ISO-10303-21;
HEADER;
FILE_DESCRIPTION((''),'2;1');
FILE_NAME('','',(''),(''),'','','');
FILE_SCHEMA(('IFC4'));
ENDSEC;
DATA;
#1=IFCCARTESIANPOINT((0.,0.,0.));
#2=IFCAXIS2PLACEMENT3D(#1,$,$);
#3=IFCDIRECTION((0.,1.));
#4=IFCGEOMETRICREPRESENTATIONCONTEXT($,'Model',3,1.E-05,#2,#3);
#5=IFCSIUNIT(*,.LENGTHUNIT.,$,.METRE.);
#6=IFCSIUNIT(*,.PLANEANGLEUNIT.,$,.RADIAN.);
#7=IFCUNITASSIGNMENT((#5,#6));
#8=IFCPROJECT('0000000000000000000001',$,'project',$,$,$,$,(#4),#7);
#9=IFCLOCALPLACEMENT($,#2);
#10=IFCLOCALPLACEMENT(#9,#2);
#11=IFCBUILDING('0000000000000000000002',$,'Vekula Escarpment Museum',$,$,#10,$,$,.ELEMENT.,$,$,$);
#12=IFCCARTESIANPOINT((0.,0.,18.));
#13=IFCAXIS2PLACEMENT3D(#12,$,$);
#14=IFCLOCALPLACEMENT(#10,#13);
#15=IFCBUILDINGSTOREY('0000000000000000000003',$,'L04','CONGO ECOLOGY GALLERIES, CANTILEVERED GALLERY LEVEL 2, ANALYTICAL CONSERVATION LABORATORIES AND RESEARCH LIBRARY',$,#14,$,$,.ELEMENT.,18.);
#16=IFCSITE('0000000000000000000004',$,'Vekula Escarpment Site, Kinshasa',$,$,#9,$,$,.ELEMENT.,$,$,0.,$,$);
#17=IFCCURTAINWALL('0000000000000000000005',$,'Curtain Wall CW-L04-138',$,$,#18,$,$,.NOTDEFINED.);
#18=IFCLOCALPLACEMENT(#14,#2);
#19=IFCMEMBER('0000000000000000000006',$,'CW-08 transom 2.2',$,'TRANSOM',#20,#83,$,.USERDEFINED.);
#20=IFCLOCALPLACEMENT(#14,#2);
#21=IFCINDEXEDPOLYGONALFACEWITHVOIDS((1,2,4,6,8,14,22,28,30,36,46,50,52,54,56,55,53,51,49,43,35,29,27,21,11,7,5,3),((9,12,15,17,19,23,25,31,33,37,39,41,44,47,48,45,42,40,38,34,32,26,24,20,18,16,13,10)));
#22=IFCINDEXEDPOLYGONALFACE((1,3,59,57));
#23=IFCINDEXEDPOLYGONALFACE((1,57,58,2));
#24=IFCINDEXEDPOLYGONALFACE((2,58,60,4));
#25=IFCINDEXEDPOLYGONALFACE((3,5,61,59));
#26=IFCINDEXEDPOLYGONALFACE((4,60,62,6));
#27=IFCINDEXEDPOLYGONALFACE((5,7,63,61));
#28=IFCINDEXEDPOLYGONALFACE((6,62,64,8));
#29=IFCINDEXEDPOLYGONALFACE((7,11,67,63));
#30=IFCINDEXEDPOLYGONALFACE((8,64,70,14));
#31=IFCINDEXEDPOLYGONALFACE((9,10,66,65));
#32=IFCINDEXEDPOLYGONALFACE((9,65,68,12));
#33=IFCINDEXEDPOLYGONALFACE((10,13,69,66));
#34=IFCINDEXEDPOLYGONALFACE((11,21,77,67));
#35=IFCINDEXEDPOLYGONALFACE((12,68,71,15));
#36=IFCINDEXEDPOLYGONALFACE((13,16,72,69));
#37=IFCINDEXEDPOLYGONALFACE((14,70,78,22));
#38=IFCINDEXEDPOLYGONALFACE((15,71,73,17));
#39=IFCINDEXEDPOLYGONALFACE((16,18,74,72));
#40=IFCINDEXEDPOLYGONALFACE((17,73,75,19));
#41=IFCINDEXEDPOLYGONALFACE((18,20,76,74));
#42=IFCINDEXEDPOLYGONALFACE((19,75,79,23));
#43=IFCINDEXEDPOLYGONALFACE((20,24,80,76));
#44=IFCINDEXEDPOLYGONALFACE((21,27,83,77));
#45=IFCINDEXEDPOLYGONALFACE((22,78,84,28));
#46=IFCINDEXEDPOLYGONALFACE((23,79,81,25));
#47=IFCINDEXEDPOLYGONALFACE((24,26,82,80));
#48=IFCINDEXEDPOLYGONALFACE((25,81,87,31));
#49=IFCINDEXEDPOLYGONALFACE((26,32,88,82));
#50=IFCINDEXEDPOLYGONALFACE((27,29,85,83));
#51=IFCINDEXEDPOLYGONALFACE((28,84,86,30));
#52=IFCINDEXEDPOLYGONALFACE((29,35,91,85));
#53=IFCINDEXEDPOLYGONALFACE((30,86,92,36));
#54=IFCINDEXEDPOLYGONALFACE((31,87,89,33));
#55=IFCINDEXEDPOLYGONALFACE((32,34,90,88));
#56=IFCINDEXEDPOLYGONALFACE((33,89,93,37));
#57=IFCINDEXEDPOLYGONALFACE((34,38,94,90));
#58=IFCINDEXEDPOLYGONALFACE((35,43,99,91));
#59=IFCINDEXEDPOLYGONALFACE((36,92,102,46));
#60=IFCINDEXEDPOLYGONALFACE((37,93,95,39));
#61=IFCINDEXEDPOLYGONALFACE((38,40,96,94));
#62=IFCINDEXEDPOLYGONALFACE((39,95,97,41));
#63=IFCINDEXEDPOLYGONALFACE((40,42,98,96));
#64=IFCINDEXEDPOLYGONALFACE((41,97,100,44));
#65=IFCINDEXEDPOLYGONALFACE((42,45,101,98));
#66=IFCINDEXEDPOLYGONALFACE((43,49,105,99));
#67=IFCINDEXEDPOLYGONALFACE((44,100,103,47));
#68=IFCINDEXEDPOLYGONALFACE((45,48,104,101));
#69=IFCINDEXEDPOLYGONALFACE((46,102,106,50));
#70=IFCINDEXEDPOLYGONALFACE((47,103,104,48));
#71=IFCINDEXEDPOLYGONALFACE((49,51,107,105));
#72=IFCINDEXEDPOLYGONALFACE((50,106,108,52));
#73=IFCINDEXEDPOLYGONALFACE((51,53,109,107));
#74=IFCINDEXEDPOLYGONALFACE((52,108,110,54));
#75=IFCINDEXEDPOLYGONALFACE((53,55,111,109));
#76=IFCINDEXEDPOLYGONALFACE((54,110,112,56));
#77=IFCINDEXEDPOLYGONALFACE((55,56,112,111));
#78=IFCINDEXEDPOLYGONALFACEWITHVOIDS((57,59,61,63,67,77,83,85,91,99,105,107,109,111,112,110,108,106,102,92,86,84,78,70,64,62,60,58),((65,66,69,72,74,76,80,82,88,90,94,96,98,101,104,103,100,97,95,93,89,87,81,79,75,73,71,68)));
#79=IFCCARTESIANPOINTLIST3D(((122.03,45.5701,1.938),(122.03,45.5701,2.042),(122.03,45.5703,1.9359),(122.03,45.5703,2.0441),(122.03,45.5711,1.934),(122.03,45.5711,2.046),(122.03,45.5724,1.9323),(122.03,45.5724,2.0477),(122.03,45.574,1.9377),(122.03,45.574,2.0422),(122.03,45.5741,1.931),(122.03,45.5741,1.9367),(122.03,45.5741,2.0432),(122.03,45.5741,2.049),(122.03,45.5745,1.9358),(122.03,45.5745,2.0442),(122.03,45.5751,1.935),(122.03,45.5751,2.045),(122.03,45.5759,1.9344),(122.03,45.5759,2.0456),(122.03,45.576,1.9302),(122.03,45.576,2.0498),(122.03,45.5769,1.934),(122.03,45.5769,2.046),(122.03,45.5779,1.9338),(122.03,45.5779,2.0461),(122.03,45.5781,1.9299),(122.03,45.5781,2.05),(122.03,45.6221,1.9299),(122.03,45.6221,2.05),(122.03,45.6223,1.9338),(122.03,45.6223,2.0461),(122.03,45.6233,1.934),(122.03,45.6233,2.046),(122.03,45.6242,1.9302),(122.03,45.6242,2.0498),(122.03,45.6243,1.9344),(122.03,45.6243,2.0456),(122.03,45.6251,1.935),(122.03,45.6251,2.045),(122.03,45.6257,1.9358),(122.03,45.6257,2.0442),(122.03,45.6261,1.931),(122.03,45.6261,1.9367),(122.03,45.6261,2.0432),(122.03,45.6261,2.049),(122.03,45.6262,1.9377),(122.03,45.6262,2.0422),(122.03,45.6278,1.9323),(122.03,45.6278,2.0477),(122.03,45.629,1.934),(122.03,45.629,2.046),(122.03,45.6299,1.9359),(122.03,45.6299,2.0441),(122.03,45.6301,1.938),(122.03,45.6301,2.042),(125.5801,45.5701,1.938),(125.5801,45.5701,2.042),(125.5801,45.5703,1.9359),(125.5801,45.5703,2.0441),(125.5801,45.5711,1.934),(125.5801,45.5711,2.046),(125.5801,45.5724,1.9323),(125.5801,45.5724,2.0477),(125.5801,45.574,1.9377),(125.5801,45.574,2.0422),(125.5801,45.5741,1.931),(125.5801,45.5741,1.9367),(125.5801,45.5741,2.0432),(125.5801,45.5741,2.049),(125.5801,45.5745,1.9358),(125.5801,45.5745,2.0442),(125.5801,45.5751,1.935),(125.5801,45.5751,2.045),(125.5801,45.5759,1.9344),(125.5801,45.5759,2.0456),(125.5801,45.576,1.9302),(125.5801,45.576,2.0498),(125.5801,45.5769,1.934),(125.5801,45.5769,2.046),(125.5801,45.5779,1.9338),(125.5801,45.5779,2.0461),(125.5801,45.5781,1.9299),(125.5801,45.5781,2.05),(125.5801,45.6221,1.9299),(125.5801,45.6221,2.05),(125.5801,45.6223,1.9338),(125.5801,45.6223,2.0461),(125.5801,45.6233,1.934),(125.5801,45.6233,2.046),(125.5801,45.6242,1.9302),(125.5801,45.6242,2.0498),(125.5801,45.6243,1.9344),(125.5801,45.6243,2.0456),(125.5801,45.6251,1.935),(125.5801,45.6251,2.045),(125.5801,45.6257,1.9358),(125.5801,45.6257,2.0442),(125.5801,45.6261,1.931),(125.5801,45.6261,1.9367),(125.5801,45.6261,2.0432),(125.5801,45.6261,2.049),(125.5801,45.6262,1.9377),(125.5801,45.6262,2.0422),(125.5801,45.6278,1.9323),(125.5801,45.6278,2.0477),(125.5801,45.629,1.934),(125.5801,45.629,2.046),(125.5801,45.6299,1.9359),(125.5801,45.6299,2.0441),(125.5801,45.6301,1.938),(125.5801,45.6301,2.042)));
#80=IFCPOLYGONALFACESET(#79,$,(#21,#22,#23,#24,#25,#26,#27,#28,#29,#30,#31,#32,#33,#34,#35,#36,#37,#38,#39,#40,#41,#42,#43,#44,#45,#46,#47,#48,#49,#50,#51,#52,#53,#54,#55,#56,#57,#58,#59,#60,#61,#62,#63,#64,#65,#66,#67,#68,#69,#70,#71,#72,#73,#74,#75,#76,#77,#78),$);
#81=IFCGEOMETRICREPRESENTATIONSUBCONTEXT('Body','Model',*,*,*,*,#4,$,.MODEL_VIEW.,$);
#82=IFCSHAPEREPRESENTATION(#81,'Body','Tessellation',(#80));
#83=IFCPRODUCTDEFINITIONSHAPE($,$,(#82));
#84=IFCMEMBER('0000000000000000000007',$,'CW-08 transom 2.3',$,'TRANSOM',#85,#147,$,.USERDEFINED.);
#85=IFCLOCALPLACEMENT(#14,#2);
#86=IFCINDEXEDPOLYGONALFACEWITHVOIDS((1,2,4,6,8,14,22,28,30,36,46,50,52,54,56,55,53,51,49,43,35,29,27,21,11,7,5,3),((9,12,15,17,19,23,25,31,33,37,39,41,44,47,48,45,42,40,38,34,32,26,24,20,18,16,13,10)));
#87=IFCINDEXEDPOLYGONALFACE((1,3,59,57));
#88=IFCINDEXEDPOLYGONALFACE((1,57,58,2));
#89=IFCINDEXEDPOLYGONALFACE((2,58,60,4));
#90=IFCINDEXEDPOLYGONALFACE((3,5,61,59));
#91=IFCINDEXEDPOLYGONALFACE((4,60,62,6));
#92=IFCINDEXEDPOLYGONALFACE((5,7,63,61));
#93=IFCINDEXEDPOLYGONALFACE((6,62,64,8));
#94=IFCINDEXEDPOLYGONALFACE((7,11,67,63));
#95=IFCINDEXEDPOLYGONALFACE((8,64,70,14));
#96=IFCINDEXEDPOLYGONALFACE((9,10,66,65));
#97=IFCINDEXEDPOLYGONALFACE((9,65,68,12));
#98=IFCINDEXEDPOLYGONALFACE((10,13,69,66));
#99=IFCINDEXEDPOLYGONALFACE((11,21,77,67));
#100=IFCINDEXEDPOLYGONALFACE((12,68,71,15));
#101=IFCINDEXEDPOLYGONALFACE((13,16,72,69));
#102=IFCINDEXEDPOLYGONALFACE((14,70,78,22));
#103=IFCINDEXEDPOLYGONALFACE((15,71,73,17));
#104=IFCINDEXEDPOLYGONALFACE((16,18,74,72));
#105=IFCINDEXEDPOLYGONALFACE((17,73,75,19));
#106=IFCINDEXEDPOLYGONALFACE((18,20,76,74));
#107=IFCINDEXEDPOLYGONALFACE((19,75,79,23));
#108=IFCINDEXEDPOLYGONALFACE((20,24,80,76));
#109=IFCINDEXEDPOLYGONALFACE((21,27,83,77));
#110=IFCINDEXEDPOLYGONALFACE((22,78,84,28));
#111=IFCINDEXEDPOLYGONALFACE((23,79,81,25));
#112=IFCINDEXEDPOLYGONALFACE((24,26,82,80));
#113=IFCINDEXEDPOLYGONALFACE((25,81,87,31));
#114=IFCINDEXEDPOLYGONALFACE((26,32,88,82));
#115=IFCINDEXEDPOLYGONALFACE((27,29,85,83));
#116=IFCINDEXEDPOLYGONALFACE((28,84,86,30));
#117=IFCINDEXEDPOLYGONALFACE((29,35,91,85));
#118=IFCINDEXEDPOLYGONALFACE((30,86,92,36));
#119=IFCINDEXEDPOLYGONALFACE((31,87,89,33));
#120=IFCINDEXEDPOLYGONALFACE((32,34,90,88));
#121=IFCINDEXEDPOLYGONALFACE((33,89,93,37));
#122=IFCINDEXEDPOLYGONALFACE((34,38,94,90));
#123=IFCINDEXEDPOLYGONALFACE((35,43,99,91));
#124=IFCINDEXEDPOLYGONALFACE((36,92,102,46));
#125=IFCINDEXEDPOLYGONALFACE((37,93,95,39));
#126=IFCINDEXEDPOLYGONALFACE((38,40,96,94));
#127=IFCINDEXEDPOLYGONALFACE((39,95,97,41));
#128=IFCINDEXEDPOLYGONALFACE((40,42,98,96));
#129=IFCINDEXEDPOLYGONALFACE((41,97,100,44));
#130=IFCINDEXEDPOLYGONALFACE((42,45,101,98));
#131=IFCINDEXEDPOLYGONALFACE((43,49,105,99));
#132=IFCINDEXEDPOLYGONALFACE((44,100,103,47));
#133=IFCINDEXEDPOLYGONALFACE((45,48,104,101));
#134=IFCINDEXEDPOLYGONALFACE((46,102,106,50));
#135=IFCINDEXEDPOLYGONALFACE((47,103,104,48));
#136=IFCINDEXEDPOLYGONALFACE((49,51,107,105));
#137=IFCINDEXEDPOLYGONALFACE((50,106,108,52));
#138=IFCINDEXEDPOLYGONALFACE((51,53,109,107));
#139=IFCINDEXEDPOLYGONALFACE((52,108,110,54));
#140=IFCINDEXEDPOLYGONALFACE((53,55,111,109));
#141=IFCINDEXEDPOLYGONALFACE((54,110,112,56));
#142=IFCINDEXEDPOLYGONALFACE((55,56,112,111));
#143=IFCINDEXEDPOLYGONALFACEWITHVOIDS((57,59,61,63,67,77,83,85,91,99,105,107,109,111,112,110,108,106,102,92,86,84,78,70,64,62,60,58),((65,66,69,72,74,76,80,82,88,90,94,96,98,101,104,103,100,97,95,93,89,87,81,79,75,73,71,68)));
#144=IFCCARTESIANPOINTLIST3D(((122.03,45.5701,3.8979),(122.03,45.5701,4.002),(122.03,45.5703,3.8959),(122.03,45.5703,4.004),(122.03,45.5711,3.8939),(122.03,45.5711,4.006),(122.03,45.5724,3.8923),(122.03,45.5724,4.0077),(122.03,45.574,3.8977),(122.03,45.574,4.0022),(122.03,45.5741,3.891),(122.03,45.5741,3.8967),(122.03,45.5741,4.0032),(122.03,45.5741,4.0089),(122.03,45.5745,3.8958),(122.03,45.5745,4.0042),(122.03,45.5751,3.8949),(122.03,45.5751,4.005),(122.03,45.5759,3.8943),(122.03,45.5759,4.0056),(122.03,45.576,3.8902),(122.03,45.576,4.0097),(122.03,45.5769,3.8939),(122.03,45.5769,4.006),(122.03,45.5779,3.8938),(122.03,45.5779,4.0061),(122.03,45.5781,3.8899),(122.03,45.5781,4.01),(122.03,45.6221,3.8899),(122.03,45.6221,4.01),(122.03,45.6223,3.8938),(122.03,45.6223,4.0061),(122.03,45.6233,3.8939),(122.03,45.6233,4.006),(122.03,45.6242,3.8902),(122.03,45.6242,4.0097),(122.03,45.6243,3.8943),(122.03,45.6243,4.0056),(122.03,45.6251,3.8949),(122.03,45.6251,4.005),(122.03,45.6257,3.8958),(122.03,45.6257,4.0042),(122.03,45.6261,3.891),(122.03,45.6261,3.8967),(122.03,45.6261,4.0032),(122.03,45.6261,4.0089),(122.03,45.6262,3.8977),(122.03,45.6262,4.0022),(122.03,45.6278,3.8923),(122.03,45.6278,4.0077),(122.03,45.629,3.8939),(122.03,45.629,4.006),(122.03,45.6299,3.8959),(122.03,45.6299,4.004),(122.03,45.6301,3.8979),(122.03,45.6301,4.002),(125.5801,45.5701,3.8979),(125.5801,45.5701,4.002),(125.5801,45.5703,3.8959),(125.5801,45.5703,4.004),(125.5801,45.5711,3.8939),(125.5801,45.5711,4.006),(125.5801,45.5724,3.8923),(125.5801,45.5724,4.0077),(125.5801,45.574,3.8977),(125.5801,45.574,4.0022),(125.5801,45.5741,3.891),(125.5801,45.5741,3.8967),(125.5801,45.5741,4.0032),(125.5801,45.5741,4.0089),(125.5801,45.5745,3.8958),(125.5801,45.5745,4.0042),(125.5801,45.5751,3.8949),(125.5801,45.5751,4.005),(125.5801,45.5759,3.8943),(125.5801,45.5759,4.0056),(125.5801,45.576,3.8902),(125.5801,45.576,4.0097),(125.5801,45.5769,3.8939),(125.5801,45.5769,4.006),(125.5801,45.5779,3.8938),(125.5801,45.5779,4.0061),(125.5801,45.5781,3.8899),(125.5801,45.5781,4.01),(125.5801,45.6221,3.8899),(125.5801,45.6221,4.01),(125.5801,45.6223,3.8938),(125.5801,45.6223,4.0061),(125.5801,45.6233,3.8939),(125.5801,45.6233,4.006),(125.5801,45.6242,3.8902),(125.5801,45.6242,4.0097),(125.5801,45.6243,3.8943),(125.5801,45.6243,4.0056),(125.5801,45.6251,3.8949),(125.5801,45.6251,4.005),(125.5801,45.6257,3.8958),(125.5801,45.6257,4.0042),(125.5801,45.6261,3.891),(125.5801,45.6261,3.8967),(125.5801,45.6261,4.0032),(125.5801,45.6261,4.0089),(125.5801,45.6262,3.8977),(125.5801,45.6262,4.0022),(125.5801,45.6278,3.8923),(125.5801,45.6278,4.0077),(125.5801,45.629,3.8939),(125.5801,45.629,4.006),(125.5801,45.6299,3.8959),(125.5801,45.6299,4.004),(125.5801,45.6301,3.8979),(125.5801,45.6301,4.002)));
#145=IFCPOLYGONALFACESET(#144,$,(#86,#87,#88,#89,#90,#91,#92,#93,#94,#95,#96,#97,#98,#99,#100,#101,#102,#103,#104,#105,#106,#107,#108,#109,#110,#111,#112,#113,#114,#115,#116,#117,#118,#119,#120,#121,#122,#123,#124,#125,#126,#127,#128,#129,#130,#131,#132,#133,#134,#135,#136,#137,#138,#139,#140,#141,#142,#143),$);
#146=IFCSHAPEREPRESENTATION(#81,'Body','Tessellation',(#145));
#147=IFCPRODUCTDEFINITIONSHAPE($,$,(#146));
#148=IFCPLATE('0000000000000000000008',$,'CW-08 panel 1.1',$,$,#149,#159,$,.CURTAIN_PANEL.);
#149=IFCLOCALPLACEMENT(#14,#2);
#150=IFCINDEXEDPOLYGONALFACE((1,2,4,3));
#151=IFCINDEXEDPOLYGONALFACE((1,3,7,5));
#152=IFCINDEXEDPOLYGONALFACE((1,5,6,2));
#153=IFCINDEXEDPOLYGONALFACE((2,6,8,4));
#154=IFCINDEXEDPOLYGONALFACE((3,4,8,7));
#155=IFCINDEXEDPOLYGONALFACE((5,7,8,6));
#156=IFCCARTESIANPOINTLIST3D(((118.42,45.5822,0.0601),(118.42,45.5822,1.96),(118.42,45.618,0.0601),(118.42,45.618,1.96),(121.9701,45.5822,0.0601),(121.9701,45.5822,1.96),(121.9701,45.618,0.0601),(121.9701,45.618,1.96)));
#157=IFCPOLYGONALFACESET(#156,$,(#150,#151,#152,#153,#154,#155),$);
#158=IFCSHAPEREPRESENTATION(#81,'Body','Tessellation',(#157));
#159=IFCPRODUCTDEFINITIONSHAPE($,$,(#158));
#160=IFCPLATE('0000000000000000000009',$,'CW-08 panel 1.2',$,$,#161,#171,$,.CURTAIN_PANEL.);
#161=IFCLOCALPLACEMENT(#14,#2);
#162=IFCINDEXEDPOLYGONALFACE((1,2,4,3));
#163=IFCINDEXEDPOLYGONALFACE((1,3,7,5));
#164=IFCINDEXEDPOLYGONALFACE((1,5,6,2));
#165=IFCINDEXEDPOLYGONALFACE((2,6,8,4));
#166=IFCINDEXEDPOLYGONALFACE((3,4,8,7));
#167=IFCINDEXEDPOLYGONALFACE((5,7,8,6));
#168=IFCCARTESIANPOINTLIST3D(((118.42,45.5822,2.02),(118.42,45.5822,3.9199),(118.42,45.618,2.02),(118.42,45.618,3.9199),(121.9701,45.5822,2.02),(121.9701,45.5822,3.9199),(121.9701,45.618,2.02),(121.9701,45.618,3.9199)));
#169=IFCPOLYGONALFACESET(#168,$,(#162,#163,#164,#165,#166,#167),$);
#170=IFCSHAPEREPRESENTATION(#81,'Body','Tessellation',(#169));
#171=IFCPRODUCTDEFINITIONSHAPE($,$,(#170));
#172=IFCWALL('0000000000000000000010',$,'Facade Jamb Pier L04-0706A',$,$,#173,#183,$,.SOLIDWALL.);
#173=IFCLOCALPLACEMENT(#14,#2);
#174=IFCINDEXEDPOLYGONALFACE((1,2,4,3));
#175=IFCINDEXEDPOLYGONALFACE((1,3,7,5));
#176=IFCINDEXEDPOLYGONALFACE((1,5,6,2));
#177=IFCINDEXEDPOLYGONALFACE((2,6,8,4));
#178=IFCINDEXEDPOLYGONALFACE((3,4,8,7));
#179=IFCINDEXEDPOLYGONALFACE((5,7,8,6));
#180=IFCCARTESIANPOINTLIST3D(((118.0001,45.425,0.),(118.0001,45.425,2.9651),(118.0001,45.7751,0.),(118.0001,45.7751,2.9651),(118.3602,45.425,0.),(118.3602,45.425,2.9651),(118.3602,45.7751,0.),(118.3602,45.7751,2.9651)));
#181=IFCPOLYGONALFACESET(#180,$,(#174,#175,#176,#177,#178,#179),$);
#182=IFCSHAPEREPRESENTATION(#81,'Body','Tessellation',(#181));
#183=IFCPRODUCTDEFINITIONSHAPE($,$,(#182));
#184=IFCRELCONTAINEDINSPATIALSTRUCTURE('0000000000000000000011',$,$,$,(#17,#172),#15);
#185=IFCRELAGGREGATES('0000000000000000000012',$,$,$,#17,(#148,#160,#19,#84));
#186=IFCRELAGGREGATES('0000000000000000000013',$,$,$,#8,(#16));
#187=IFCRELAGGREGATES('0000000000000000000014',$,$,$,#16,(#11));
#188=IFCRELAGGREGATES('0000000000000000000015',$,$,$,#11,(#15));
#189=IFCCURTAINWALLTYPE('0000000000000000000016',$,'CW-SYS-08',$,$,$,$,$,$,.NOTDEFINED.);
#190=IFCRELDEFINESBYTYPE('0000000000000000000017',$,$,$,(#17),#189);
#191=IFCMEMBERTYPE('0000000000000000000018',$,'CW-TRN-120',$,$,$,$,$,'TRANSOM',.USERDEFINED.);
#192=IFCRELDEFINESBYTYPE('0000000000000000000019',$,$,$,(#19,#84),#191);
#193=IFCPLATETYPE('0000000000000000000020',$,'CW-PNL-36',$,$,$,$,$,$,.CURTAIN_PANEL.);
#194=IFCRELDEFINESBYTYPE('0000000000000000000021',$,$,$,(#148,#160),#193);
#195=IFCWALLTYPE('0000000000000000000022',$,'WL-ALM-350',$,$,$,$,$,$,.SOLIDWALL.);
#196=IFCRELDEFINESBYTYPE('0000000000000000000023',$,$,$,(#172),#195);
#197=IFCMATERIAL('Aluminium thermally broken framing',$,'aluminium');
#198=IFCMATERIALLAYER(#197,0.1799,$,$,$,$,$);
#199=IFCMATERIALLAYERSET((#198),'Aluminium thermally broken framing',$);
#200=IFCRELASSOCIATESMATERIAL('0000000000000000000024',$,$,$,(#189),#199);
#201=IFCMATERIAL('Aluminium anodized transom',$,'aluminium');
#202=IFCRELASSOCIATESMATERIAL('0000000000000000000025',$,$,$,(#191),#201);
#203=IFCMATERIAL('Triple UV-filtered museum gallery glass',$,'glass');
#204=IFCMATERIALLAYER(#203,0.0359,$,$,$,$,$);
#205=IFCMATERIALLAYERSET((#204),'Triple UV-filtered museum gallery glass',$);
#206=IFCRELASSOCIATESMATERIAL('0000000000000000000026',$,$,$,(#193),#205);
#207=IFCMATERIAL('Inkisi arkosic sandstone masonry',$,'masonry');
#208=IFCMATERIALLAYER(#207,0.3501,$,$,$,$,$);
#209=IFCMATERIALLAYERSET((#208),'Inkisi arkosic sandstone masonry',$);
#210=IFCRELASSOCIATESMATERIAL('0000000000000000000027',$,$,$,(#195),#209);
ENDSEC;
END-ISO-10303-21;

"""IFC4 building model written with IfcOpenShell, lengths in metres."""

from ifc_helpers import new_model, si_unit, direction, frame, frame_2d, origin, origin_2d, place, context, subcontext, project, spatial, rectangle, hollow_rectangle, extrude, material, layer, layer_set, material_profile, profile_set, type_object, element, aggregate, save


model = new_model("IFC4")

# Units and contexts
model_context = context("Model", 3, precision=1e-05, world=origin(), true_north=direction((0.0, 1.0)))
body_context = subcontext(model_context, "Body", "Model", "MODEL_VIEW")
ifc_project = project(units=[si_unit("LENGTHUNIT", "METRE"), si_unit("PLANEANGLEUNIT", "RADIAN")], contexts=[model_context])

# Site, building, storey
site_placement = place(None, origin())
site = spatial("IfcSite", under=ifc_project, at=site_placement, Name="Vekula Escarpment Site, Kinshasa", CompositionType="ELEMENT", RefElevation=0.0)
building_placement = place(site_placement, origin())
building = spatial("IfcBuilding", under=site, at=building_placement, Name="Vekula Escarpment Museum", CompositionType="ELEMENT")
storey_placement = place(building_placement, frame((0.0, 0.0, 18.0)))
storey = spatial("IfcBuildingStorey", under=building, at=storey_placement, Name="L04", Description="CONGO ECOLOGY GALLERIES, CANTILEVERED GALLERY LEVEL 2, ANALYTICAL CONSERVATION LABORATORIES AND RESEARCH LIBRARY", CompositionType="ELEMENT", Elevation=18.0)

# Curtain wall, members, plates
ifc_material_1 = material(Name="Aluminium thermally broken framing", Category="aluminium")
ifc_layer_1 = layer(ifc_material_1, 0.1799)
ifc_layer_set_1 = layer_set([ifc_layer_1], Name="Aluminium thermally broken framing")
curtain_wall_type = type_object("IfcCurtainWallType", Name="CW-SYS-08", PredefinedType="NOTDEFINED", material=ifc_layer_set_1)
curtain_wall_placement = place(storey_placement, origin())
curtain_wall = element("IfcCurtainWall", 1, at=curtain_wall_placement, inside=storey, type_object=curtain_wall_type, Name="Curtain Wall CW-L04-138", PredefinedType="NOTDEFINED")
ifc_material_2 = material(Name="Aluminium anodized transom", Category="aluminium")
ifc_material_profile_1 = material_profile(ifc_material_2, hollow_rectangle(XDim=0.0601, YDim=0.1201, WallThickness=0.0039, InnerFilletRadius=0.0039, OuterFilletRadius=0.0081, at=origin_2d()), Name="ALU 120x60x4")
ifc_profile_set_1 = profile_set([ifc_material_profile_1], Name="Aluminium anodized transom")
member_type_1 = type_object("IfcMemberType", Name="CW-TRN-120", ElementType="TRANSOM", PredefinedType="USERDEFINED", material=ifc_profile_set_1)
member_1_placement = place(storey_placement, frame((122.03, 45.6001, 1.99), z_axis=(1.0, 0.0, 0.0), x_axis=(0.0, 1.0, 0.0)))
member_1 = element("IfcMember", 2, at=member_1_placement, type_object=member_type_1, Name="CW-08 transom 2.2", ObjectType="TRANSOM", PredefinedType="USERDEFINED", context=body_context, shape_type="SweptSolid", body=[
    extrude(hollow_rectangle(XDim=0.0601, YDim=0.1201, WallThickness=0.0039, InnerFilletRadius=0.0039, OuterFilletRadius=0.0081, at=origin_2d()), origin(), (0.0, 0.0, 1.0), 3.55),
])
member_2_placement = place(storey_placement, frame((122.03, 45.6001, 3.95), z_axis=(1.0, 0.0, 0.0), x_axis=(0.0, 1.0, 0.0)))
member_2 = element("IfcMember", 3, at=member_2_placement, type_object=member_type_1, Name="CW-08 transom 2.3", ObjectType="TRANSOM", PredefinedType="USERDEFINED", context=body_context, shape_type="SweptSolid", body=[
    extrude(hollow_rectangle(XDim=0.0601, YDim=0.1201, WallThickness=0.0039, InnerFilletRadius=0.0039, OuterFilletRadius=0.0081, at=origin_2d()), origin(), (0.0, 0.0, 1.0), 3.55),
])
ifc_material_3 = material(Name="Triple UV-filtered museum gallery glass", Category="glass")
ifc_layer_2 = layer(ifc_material_3, 0.0359)
ifc_layer_set_2 = layer_set([ifc_layer_2], Name="Triple UV-filtered museum gallery glass")
plate_type = type_object("IfcPlateType", Name="CW-PNL-36", PredefinedType="CURTAIN_PANEL", material=ifc_layer_set_2)
plate_1_placement = place(storey_placement, frame((120.1951, 45.6001, 0.0601), z_axis=(0.0, 0.0, 1.0), x_axis=(1.0, 0.0, 0.0)))
plate_1 = element("IfcPlate", 4, at=plate_1_placement, type_object=plate_type, Name="CW-08 panel 1.1", PredefinedType="CURTAIN_PANEL", context=body_context, shape_type="SweptSolid", body=[
    extrude(rectangle(XDim=3.55, YDim=0.0359, at=origin_2d()), origin(), (0.0, 0.0, 1.0), 1.8999),
])
plate_2_placement = place(storey_placement, frame((120.1951, 45.6001, 2.02), z_axis=(0.0, 0.0, 1.0), x_axis=(1.0, 0.0, 0.0)))
plate_2 = element("IfcPlate", 5, at=plate_2_placement, type_object=plate_type, Name="CW-08 panel 1.2", PredefinedType="CURTAIN_PANEL", context=body_context, shape_type="SweptSolid", body=[
    extrude(rectangle(XDim=3.55, YDim=0.0359, at=origin_2d()), origin(), (0.0, 0.0, 1.0), 1.8999),
])
aggregate(curtain_wall, [plate_1, plate_2, member_1, member_2])

# Wall
ifc_material_4 = material(Name="Inkisi arkosic sandstone masonry", Category="masonry")
ifc_layer_3 = layer(ifc_material_4, 0.3501)
ifc_layer_set_3 = layer_set([ifc_layer_3], Name="Inkisi arkosic sandstone masonry")
wall_type_1 = type_object("IfcWallType", Name="WL-ALM-350", PredefinedType="SOLIDWALL", material=ifc_layer_set_3)
wall_1_placement = place(storey_placement, frame((118.0, 45.6001, 0.0), z_axis=(0.0, 0.0, 1.0), x_axis=(1.0, 0.0, 0.0)))
element("IfcWall", 6, at=wall_1_placement, inside=storey, type_object=wall_type_1, Name="Facade Jamb Pier L04-0706A", PredefinedType="SOLIDWALL", context=body_context, shape_type="SweptSolid", body=[
    extrude(rectangle(XDim=0.3601, YDim=0.3501, at=frame_2d((0.1802, 0.0))), origin(), (0.0, 0.0, 1.0), 2.9651),
])

save(model, "model.ifc")
